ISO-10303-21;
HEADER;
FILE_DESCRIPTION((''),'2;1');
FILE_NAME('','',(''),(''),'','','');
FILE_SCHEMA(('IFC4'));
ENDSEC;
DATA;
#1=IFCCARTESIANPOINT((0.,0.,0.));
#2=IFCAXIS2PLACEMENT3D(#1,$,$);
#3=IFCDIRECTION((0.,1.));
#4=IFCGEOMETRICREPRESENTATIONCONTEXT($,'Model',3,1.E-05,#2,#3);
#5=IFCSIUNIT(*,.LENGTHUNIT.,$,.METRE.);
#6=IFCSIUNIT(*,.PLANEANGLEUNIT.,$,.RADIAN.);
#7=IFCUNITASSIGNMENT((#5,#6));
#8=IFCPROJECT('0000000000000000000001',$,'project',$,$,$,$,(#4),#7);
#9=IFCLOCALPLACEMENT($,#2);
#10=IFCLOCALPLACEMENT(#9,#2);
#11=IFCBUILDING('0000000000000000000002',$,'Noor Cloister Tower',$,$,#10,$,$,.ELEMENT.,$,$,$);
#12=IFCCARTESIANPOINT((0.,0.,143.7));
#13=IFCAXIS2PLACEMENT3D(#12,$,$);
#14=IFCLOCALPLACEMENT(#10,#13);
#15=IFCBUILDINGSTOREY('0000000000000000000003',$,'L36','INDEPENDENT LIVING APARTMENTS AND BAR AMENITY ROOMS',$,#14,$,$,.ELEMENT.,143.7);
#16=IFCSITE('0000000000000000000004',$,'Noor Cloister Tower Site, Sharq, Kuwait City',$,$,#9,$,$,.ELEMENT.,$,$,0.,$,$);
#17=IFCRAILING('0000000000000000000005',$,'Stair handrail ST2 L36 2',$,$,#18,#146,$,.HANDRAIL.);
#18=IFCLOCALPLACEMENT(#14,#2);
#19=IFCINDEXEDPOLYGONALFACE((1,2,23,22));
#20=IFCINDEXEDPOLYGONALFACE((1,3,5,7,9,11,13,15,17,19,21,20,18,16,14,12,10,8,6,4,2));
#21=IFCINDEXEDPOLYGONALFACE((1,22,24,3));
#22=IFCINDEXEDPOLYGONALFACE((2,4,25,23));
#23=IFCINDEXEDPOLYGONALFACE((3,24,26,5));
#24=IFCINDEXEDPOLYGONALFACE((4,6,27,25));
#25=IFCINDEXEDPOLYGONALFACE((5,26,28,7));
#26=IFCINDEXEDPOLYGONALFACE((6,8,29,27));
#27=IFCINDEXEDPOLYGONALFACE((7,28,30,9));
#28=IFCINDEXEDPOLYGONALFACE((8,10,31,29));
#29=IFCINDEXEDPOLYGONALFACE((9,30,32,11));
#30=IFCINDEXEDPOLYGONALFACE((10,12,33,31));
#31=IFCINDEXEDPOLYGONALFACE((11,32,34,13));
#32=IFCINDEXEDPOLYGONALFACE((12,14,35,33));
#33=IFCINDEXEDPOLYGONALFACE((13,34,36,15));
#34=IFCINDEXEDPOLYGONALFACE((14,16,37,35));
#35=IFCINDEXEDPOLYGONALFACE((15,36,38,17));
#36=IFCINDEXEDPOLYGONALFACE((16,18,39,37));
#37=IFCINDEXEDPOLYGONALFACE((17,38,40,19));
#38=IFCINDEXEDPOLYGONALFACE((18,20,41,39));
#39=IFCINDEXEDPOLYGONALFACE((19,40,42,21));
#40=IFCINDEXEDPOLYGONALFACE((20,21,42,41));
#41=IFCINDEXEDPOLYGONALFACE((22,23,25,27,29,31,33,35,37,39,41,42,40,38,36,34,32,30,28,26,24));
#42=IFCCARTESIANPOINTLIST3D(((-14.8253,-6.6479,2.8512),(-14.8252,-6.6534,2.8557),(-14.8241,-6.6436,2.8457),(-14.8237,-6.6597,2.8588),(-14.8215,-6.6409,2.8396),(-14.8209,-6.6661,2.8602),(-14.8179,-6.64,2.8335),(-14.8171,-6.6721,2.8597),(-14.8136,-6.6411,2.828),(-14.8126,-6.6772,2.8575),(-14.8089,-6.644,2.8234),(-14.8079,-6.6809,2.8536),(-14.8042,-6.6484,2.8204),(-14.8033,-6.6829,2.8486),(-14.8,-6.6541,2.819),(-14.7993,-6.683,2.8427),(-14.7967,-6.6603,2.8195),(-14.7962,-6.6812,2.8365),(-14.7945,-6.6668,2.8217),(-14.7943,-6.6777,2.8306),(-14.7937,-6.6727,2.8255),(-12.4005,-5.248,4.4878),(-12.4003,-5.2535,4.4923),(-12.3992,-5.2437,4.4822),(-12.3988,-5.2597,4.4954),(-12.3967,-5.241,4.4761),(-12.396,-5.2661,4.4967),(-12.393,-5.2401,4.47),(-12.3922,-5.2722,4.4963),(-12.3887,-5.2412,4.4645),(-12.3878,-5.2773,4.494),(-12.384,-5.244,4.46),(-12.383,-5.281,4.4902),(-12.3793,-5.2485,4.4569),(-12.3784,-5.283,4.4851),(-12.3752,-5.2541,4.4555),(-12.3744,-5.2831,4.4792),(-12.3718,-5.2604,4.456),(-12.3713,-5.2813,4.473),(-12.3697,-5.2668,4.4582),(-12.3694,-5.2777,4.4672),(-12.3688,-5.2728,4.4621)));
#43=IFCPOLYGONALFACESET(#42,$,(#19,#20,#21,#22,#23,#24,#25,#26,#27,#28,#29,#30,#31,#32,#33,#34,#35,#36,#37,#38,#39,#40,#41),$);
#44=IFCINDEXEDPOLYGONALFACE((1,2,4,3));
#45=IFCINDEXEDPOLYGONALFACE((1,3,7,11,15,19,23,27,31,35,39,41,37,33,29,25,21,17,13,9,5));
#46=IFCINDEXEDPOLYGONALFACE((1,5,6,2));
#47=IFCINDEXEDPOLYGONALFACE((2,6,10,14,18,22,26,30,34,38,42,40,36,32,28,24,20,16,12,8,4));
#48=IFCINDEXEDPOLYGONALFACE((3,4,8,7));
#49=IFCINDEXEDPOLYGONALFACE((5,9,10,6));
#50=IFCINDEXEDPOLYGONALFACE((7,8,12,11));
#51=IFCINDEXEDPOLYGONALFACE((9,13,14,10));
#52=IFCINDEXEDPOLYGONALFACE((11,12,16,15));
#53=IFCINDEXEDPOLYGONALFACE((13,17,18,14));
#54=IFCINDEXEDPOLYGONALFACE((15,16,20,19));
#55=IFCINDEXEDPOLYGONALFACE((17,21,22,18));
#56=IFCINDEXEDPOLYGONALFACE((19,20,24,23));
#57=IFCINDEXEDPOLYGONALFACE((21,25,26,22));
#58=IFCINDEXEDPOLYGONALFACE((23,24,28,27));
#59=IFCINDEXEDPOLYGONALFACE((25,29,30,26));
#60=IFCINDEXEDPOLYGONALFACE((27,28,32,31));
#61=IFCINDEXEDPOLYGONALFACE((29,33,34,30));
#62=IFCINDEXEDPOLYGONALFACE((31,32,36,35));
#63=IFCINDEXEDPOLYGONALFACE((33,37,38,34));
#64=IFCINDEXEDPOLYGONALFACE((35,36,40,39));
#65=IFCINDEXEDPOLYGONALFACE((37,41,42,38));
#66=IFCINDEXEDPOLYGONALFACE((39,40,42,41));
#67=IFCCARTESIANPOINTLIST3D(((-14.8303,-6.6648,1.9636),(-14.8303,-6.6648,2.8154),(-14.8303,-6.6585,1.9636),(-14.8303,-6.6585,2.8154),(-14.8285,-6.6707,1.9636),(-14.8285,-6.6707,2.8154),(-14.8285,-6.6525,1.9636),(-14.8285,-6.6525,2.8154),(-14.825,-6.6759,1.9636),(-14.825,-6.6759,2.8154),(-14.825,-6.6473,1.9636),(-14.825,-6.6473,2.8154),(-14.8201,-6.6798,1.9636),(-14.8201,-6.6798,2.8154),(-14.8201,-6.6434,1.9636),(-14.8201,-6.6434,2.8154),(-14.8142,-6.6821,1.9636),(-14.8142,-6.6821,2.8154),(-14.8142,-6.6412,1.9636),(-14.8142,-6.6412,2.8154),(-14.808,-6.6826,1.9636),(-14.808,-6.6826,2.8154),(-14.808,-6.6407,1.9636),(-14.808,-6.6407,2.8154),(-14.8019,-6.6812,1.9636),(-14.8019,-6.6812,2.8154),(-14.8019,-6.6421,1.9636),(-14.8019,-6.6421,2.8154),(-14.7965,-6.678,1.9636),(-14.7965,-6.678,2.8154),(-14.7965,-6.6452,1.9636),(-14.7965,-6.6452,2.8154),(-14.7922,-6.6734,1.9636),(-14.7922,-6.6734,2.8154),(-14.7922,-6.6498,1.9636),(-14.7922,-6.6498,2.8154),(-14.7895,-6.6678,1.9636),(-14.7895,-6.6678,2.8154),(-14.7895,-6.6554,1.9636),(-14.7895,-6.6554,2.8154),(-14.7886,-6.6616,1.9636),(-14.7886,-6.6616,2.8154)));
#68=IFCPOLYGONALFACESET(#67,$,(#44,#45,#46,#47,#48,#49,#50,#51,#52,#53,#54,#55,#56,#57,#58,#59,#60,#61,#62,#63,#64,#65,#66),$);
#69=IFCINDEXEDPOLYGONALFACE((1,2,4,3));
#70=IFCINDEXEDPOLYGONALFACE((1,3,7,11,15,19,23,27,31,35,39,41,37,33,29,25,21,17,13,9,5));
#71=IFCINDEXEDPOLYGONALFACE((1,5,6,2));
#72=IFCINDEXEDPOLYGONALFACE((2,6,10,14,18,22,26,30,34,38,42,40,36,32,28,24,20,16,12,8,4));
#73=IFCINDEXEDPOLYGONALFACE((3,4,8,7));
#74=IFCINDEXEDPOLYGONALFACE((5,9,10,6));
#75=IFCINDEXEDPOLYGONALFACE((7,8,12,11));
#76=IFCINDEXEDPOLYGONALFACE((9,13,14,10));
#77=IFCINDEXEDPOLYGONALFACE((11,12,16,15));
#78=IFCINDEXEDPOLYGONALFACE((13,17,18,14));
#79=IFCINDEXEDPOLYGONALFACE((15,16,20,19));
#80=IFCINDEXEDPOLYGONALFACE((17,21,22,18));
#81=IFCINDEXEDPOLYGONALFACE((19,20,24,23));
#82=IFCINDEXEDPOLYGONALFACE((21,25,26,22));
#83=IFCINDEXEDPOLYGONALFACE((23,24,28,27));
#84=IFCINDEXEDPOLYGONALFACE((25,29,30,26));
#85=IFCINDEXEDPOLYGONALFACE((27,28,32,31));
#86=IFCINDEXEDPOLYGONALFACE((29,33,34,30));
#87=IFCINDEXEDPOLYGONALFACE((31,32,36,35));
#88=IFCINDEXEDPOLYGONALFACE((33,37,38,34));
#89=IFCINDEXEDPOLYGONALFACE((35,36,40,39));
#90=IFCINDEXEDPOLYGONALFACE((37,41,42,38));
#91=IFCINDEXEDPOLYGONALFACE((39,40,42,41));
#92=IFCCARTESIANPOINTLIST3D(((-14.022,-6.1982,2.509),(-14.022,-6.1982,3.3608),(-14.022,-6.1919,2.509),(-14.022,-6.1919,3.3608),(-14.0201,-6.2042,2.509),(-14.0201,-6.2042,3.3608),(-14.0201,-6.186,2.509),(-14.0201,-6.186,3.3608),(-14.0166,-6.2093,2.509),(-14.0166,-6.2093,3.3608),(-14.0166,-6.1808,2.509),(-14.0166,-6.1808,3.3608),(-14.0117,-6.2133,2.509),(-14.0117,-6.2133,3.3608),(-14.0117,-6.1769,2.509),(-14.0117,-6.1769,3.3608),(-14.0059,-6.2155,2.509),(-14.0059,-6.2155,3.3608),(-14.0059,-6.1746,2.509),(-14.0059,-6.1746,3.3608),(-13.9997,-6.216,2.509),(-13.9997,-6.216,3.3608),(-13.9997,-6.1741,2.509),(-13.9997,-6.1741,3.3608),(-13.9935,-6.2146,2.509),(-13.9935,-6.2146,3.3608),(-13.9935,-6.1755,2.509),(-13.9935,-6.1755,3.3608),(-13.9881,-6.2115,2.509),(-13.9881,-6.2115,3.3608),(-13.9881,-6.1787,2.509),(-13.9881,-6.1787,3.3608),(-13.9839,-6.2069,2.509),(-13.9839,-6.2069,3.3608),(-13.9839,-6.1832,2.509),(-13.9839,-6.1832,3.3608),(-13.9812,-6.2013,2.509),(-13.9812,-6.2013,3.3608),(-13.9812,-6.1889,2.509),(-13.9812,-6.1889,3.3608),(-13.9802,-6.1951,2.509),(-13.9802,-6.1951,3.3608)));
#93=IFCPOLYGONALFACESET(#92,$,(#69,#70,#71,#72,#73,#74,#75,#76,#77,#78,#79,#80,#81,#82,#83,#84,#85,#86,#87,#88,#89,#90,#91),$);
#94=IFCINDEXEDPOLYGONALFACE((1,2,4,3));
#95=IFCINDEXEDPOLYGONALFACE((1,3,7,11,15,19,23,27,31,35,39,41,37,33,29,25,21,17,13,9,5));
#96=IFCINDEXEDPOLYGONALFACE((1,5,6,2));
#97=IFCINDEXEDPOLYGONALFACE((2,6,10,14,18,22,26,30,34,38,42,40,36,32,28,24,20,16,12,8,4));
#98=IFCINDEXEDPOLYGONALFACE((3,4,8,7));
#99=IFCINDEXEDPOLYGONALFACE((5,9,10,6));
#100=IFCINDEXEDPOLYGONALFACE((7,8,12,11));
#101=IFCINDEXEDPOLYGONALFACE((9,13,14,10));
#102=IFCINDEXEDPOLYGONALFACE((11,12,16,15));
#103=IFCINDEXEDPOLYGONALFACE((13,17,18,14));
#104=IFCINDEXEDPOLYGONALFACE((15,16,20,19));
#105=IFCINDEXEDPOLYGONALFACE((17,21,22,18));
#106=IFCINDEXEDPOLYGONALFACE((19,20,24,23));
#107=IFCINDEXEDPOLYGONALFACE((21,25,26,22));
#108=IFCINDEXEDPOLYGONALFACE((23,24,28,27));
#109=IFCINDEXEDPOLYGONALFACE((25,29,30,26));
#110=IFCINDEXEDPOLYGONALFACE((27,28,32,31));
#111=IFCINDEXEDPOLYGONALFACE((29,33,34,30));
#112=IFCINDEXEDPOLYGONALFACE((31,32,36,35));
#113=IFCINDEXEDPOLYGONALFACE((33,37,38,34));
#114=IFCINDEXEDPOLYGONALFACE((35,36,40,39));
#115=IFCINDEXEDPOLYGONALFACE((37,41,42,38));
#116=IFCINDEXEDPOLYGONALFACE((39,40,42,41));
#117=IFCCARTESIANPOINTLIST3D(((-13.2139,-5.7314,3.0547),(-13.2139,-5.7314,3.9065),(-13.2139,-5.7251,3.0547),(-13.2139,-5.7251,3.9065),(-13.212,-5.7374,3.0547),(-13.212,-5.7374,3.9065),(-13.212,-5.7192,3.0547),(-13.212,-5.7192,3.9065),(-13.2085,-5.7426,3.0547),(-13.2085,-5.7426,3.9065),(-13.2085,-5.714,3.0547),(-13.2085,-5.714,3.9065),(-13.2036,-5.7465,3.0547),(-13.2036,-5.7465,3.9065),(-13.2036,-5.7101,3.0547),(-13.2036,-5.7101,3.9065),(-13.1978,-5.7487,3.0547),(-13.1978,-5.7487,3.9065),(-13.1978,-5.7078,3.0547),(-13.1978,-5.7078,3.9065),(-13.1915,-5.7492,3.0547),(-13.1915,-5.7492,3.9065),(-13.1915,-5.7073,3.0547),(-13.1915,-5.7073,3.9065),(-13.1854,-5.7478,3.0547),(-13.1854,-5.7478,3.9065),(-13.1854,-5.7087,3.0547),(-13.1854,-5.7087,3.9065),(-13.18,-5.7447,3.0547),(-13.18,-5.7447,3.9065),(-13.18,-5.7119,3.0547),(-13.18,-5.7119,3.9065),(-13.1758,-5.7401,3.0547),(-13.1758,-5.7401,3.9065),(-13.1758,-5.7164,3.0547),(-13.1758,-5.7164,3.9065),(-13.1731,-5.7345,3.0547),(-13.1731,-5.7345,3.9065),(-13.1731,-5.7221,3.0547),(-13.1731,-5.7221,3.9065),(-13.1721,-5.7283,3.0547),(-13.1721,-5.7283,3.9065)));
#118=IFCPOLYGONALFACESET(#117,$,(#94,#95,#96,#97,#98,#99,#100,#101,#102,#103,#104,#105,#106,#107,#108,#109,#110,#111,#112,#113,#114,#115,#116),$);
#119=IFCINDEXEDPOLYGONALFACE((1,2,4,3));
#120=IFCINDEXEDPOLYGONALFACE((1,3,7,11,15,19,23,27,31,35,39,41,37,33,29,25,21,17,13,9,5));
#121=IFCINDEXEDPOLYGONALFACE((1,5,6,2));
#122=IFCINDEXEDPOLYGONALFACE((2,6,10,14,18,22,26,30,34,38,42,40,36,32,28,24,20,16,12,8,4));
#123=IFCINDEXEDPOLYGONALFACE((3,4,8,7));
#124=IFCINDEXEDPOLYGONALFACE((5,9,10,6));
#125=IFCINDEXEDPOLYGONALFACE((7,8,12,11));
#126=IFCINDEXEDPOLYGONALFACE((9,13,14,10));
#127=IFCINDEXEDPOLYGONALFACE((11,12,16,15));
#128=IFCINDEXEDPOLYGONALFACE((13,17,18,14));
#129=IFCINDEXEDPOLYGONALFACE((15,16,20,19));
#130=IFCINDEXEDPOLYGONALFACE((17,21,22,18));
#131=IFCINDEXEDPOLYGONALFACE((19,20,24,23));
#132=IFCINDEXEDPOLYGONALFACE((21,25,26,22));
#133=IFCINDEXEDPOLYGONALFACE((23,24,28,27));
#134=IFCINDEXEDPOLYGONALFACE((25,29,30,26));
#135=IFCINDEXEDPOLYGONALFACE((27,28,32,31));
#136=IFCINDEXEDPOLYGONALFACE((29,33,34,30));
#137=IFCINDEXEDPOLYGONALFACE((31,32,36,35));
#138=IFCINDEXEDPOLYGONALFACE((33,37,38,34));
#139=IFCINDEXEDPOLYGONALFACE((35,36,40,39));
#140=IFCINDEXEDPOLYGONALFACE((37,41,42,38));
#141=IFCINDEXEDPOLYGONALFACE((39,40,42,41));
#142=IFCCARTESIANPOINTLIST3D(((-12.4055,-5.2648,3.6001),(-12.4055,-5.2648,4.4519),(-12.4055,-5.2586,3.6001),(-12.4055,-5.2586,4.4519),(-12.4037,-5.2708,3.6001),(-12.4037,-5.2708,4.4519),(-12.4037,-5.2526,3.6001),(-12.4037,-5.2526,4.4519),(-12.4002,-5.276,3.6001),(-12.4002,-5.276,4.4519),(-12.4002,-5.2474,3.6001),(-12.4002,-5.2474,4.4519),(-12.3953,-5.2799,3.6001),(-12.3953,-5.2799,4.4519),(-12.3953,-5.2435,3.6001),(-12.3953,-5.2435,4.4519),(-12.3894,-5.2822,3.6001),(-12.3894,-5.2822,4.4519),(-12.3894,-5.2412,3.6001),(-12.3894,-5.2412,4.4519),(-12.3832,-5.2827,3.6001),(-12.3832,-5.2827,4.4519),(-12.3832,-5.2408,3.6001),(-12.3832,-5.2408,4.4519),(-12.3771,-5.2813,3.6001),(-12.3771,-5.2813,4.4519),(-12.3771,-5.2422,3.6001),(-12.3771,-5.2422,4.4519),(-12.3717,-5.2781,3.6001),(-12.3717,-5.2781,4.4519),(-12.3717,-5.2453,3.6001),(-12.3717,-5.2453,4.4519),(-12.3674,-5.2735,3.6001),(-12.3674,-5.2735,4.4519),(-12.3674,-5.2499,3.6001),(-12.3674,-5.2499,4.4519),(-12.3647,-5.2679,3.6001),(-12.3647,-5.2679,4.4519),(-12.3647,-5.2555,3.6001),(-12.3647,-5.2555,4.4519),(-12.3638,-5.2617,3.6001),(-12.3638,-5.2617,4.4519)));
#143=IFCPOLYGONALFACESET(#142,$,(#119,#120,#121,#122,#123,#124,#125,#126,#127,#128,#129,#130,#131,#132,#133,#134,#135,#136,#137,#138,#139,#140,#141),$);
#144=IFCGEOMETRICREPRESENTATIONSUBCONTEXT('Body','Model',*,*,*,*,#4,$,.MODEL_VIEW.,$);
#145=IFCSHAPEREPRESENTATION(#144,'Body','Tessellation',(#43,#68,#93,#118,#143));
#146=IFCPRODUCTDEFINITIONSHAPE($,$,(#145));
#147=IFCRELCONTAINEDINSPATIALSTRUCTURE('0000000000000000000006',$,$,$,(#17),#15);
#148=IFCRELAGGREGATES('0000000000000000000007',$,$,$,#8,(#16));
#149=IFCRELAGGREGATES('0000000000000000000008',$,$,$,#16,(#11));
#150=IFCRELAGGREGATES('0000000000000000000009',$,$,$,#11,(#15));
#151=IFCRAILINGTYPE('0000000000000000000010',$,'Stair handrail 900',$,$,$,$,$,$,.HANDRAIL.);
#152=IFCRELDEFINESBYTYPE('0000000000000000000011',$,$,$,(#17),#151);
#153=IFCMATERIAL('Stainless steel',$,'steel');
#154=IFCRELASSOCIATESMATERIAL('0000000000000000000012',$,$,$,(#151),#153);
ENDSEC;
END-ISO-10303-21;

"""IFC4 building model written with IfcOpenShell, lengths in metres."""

from ifc_helpers import new_model, si_unit, direction, frame, origin, origin_2d, place, context, subcontext, project, spatial, circle, extrude, material, type_object, element, save


model = new_model("IFC4")

# Units and contexts
model_context = context("Model", 3, precision=1e-05, world=origin(), true_north=direction((0.0, 1.0)))
body_context = subcontext(model_context, "Body", "Model", "MODEL_VIEW")
ifc_project = project(units=[si_unit("LENGTHUNIT", "METRE"), si_unit("PLANEANGLEUNIT", "RADIAN")], contexts=[model_context])

# Site, building, storey
site_placement = place(None, origin())
site = spatial("IfcSite", under=ifc_project, at=site_placement, Name="Noor Cloister Tower Site, Sharq, Kuwait City", CompositionType="ELEMENT", RefElevation=0.0)
building_placement = place(site_placement, origin())
building = spatial("IfcBuilding", under=site, at=building_placement, Name="Noor Cloister Tower", CompositionType="ELEMENT")
storey_placement = place(building_placement, frame((0.0, 0.0, 143.7)))
storey = spatial("IfcBuildingStorey", under=building, at=storey_placement, Name="L36", Description="INDEPENDENT LIVING APARTMENTS AND BAR AMENITY ROOMS", CompositionType="ELEMENT", Elevation=143.7)

# Railing
ifc_material_1 = material(Name="Stainless steel", Category="steel")
railing_type_1 = type_object("IfcRailingType", Name="Stair handrail 900", PredefinedType="HANDRAIL", material=ifc_material_1)
railing_1_placement = place(storey_placement, frame((-14.8096, -6.6616, 1.9636)))
element("IfcRailing", 1, at=railing_1_placement, inside=storey, type_object=railing_type_1, Name="Stair handrail ST2 L36 2", PredefinedType="HANDRAIL", context=body_context, shape_type="SweptSolid", body=[
    extrude(circle(Radius=0.0239, at=origin_2d()), frame((0.0, 0.0, 0.876), z_axis=(0.74769, 0.431661, 0.504608), x_axis=(-0.499984, 0.866035, 0.0)), (0.0, 0.0, 1.0), 3.2432),
    extrude(circle(Radius=0.021, at=origin_2d()), origin(), (0.0, 0.0, 1.0), 0.8518),
    extrude(circle(Radius=0.021, at=origin_2d()), frame((0.8083, 0.4666, 0.5454)), (0.0, 0.0, 1.0), 0.8518),
    extrude(circle(Radius=0.021, at=origin_2d()), frame((1.6165, 0.9333, 1.0911)), (0.0, 0.0, 1.0), 0.8518),
    extrude(circle(Radius=0.021, at=origin_2d()), frame((2.4248, 1.3999, 1.6365)), (0.0, 0.0, 1.0), 0.8518),
])

save(model, "model.ifc")
